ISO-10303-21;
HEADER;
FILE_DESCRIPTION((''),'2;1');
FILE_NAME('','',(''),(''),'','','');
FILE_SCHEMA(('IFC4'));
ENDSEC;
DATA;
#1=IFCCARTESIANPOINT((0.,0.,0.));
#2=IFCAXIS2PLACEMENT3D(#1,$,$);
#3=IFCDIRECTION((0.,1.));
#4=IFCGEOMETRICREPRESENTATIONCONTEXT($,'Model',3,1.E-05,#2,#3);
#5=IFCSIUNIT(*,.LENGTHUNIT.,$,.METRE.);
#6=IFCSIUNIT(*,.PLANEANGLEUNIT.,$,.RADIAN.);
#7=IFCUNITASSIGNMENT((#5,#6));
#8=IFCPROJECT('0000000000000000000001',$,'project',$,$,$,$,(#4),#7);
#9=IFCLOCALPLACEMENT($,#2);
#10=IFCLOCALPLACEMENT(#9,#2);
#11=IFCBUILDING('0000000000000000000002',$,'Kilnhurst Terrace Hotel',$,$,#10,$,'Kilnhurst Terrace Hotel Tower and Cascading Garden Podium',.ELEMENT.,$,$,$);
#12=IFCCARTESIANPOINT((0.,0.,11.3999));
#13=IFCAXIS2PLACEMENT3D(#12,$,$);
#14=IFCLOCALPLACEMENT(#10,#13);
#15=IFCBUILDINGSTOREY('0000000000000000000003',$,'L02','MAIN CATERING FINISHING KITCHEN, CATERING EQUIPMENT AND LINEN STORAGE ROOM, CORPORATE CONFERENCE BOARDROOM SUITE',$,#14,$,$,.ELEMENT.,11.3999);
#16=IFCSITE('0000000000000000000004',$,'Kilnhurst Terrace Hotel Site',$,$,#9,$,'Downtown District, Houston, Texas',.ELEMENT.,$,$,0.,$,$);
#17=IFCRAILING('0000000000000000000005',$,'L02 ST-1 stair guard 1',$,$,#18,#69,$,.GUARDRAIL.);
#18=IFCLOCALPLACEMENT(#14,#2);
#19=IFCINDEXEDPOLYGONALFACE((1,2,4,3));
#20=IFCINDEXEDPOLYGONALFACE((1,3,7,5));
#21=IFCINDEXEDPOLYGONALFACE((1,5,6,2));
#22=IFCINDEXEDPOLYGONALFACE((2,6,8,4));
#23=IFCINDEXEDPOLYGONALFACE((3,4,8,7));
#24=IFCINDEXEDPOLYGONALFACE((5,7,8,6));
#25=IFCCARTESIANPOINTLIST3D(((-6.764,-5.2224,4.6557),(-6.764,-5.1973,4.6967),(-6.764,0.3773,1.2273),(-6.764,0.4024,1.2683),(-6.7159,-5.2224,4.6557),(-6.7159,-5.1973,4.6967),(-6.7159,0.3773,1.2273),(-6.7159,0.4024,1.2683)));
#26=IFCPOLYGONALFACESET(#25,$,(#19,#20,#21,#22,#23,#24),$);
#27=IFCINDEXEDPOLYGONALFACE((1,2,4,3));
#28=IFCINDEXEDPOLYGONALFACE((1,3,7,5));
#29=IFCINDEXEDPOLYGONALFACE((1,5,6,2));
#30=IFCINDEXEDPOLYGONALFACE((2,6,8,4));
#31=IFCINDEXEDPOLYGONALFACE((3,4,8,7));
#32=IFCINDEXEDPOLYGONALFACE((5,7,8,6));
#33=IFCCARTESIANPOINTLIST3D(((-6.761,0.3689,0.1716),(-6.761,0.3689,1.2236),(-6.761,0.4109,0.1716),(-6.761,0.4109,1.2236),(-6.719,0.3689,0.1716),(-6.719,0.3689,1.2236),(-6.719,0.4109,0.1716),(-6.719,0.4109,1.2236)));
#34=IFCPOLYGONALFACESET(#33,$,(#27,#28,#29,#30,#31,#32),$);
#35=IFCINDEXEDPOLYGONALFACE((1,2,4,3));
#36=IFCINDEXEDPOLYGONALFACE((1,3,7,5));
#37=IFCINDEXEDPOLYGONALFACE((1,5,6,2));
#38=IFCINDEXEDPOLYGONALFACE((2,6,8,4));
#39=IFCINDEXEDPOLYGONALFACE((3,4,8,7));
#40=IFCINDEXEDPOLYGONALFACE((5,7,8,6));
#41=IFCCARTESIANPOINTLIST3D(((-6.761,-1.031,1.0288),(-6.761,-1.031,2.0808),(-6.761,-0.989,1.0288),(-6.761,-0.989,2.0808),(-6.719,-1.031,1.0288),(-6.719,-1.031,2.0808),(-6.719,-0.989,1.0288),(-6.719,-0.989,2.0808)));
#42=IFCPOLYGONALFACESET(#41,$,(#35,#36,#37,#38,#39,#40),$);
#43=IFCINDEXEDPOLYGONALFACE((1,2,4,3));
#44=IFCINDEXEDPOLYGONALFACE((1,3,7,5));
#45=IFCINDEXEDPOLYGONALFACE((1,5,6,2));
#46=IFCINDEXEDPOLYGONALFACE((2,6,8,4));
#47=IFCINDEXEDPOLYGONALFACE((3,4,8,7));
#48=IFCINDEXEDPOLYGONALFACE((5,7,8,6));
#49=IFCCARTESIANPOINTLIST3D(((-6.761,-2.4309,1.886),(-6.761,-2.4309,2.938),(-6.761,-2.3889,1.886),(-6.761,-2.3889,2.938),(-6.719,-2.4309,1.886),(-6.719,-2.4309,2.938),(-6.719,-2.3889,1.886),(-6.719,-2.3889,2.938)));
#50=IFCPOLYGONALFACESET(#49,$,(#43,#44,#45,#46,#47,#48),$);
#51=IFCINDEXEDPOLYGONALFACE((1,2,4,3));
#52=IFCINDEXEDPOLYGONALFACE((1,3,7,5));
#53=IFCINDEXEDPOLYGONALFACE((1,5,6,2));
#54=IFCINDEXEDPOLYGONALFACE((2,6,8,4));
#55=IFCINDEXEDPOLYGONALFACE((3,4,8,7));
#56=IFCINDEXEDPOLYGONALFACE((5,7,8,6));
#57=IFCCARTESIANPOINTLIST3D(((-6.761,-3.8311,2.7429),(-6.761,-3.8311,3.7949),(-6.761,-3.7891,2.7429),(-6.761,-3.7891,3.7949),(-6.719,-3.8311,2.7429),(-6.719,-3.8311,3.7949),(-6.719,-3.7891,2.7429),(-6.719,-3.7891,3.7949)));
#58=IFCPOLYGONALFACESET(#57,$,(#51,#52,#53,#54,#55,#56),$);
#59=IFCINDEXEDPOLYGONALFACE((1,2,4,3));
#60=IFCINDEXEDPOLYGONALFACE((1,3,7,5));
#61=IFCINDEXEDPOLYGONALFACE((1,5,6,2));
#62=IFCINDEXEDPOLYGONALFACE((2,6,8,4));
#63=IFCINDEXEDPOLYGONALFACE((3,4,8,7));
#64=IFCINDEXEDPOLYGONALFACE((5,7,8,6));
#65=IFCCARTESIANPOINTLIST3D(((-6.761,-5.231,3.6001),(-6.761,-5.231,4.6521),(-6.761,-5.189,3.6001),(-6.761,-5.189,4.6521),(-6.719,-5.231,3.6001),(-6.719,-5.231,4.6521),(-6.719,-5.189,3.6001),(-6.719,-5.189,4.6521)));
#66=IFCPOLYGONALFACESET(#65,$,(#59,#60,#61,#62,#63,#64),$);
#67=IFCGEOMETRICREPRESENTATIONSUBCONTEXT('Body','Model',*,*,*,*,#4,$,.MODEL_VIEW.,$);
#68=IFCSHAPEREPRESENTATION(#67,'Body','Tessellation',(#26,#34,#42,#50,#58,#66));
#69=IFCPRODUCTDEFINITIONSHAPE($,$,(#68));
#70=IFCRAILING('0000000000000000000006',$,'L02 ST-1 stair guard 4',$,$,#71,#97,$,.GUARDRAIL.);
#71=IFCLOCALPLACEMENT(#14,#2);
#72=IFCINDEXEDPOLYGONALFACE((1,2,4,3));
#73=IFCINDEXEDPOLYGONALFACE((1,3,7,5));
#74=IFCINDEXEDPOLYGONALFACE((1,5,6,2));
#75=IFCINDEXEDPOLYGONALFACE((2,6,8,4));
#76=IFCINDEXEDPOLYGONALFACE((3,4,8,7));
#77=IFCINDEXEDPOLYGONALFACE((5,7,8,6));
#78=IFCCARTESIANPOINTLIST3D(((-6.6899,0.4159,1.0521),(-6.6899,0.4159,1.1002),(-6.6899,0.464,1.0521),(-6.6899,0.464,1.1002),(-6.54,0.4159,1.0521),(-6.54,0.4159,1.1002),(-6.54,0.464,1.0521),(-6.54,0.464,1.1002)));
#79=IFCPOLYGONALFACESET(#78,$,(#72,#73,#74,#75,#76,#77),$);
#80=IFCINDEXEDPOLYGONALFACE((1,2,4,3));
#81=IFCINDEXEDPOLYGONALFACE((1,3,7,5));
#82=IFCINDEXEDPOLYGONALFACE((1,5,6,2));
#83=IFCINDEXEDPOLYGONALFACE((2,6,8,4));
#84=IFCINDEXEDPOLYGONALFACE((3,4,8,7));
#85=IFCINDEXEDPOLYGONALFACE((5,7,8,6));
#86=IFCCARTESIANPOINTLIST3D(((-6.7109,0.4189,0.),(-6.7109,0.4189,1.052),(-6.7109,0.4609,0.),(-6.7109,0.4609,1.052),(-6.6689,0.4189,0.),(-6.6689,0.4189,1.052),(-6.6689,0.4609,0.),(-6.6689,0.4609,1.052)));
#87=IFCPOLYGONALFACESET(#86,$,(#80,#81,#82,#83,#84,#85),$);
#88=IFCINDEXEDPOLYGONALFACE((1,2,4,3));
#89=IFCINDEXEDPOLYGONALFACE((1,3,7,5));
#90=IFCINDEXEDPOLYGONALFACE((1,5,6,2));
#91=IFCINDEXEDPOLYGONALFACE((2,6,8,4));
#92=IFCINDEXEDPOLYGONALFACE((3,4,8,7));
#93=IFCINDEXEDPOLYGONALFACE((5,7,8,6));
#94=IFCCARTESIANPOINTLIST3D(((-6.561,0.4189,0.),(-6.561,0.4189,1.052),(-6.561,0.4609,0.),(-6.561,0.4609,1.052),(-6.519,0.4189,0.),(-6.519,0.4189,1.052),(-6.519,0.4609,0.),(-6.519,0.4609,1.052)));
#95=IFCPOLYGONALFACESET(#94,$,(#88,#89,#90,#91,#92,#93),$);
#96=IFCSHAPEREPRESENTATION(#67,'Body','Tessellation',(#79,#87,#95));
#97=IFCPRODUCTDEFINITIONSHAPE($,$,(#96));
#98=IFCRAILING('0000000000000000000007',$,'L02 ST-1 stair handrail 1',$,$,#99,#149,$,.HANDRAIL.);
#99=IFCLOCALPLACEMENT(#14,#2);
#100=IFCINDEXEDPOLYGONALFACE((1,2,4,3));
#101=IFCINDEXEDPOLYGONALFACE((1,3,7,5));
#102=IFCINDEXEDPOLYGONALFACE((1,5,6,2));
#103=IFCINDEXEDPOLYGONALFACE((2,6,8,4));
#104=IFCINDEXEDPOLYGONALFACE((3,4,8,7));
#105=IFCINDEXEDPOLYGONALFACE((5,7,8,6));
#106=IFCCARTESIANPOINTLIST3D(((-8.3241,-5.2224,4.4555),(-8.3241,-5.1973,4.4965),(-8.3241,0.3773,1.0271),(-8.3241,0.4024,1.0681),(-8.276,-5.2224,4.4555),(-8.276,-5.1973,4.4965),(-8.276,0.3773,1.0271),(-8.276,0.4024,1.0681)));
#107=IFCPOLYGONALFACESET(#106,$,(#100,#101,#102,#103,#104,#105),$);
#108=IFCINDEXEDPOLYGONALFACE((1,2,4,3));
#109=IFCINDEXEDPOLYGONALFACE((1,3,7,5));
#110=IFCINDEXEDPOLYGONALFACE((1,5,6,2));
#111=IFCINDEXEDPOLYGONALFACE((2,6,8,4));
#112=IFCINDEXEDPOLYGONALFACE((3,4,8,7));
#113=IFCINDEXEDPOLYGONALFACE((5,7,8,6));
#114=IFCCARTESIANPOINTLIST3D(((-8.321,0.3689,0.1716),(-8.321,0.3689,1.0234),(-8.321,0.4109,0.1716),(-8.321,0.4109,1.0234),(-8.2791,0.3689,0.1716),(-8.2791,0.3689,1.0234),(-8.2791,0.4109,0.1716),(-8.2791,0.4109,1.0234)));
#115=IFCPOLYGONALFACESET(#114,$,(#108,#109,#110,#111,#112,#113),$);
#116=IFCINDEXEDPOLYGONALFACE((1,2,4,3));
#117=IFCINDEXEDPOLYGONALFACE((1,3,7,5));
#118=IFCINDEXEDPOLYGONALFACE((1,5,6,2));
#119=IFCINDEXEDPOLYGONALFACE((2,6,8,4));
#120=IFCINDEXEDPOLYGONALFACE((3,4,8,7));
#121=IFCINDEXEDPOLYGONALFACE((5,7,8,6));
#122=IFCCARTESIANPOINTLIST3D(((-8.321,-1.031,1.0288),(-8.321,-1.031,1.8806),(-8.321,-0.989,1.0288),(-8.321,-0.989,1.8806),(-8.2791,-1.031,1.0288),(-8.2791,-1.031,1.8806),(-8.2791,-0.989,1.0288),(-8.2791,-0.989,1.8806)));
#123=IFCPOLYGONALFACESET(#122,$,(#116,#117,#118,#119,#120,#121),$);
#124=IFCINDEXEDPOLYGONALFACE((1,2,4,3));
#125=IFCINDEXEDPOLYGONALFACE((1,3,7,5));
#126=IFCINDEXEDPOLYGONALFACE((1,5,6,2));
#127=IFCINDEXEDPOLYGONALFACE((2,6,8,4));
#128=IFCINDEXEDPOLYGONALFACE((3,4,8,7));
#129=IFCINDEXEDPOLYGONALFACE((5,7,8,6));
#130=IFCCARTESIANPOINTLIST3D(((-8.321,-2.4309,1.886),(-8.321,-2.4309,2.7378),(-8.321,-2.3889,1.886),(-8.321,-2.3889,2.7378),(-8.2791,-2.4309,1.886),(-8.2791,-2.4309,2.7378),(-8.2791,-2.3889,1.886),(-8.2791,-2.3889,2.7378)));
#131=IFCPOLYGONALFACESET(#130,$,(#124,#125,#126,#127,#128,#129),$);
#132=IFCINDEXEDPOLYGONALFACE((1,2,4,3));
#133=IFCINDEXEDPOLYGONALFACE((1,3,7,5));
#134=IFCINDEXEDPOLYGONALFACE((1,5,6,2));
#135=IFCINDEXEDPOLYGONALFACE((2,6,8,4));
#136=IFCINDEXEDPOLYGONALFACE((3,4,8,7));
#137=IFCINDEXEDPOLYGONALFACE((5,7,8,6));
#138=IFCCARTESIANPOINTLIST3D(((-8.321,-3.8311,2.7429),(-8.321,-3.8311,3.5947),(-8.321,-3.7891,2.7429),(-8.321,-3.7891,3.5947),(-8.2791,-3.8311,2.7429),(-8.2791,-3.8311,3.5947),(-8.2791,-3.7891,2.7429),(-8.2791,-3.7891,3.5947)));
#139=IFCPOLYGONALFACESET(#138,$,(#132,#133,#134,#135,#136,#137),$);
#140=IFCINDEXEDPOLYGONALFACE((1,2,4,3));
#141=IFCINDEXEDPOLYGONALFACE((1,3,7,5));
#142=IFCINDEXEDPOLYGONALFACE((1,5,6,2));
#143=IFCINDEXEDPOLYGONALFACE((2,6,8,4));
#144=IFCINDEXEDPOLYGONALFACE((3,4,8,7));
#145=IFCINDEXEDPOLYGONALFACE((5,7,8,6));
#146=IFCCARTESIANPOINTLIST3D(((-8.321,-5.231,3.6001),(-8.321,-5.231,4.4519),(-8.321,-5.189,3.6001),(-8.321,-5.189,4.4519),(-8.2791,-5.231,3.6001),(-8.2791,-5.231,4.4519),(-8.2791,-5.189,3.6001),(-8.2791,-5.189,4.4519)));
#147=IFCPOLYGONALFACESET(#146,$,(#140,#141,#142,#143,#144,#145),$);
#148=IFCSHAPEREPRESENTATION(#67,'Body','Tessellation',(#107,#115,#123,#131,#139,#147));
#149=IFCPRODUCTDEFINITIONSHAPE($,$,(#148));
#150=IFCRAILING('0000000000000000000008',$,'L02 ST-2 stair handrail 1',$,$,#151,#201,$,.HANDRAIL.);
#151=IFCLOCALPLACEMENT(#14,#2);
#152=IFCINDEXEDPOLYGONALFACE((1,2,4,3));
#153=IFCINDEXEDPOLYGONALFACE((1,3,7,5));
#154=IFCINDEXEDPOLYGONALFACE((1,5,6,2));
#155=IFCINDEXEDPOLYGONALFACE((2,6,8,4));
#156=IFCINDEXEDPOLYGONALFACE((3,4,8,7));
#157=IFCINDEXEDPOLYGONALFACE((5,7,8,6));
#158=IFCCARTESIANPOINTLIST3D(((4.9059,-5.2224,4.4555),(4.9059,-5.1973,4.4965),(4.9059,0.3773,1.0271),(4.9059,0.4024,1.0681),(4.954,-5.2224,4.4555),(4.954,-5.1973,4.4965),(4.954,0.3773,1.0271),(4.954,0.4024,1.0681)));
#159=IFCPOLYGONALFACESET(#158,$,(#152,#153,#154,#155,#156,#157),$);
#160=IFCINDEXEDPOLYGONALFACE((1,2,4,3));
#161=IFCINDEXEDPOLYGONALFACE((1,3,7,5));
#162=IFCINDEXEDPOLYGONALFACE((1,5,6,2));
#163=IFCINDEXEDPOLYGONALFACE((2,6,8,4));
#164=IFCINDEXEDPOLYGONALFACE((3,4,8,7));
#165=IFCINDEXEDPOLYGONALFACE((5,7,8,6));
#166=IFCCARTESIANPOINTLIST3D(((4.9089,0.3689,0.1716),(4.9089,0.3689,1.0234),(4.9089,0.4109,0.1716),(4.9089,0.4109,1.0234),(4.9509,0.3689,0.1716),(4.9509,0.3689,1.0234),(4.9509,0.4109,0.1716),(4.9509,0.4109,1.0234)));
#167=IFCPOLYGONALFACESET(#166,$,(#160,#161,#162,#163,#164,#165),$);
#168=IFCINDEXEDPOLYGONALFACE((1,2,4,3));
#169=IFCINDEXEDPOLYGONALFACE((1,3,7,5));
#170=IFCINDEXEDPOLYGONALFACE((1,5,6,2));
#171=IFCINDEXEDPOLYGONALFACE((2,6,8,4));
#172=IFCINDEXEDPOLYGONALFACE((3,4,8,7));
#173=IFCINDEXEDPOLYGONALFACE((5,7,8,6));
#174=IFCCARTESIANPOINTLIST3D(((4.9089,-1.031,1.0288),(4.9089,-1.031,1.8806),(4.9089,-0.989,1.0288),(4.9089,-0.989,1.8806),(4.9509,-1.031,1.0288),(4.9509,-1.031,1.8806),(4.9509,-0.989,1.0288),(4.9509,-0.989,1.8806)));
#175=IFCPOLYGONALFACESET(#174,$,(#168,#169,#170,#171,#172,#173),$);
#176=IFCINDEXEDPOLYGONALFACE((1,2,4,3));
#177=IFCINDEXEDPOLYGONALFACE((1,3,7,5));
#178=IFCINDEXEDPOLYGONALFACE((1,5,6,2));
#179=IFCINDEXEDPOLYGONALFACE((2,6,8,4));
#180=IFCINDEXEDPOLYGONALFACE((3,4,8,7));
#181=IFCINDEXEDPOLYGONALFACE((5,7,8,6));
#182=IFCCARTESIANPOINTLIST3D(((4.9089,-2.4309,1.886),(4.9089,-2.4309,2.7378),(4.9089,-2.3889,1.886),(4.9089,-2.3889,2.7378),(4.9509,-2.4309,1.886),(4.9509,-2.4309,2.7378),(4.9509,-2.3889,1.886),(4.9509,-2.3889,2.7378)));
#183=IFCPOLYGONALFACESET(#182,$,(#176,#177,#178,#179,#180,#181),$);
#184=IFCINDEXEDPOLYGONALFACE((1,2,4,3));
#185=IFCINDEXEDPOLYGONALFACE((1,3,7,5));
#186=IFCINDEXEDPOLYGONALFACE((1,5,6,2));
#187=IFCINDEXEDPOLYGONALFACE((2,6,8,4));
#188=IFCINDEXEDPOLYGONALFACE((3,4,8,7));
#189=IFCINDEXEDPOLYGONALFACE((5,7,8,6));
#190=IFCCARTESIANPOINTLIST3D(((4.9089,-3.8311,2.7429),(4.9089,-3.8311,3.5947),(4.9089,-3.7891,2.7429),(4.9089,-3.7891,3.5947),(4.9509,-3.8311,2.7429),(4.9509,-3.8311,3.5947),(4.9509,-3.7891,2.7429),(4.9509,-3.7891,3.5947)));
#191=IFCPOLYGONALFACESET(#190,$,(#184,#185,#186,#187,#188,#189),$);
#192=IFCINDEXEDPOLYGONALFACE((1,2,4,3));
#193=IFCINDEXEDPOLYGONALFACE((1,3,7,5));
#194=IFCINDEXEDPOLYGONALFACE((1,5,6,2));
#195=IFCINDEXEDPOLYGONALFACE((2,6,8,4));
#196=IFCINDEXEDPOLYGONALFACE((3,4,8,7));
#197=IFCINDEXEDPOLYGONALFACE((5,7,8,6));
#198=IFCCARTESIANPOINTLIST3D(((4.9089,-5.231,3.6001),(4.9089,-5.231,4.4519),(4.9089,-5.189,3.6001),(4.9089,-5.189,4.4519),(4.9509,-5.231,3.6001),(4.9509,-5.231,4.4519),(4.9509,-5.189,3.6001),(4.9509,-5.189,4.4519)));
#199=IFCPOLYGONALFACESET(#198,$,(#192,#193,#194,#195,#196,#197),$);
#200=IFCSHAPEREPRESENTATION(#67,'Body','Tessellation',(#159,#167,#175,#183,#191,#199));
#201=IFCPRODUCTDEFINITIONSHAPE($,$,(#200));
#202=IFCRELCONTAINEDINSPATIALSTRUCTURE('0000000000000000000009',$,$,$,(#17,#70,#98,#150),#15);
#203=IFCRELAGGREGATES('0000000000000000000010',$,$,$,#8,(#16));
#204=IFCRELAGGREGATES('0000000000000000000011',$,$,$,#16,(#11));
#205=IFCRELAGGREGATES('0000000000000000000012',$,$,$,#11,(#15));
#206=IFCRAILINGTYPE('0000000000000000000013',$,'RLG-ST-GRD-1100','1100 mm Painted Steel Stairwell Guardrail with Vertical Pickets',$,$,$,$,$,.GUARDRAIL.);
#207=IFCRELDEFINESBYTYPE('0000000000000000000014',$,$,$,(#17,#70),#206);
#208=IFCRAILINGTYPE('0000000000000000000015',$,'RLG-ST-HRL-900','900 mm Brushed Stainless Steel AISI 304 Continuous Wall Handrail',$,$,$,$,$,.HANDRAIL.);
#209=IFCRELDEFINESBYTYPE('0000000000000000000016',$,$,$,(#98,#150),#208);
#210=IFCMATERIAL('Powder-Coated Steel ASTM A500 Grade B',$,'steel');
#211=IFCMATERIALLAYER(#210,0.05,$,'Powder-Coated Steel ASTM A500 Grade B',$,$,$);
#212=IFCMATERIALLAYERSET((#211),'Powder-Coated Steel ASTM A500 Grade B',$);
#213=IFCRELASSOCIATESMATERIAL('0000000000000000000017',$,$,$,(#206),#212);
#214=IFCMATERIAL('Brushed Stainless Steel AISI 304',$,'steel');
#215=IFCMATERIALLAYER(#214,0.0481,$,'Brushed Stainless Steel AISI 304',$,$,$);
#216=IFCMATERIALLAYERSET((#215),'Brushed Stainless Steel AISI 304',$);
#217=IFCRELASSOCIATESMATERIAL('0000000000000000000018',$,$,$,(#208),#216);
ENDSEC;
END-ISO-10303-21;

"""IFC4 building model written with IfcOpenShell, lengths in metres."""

from ifc_helpers import new_model, si_unit, direction, frame, origin, origin_2d, place, context, subcontext, project, spatial, rectangle, extrude, material, layer, layer_set, type_object, element, save


model = new_model("IFC4")

# Units and contexts
model_context = context("Model", 3, precision=1e-05, world=origin(), true_north=direction((0.0, 1.0)))
body_context = subcontext(model_context, "Body", "Model", "MODEL_VIEW")
ifc_project = project(units=[si_unit("LENGTHUNIT", "METRE"), si_unit("PLANEANGLEUNIT", "RADIAN")], contexts=[model_context])

# Site, building, storey
site_placement = place(None, origin())
site = spatial("IfcSite", under=ifc_project, at=site_placement, Name="Kilnhurst Terrace Hotel Site", LongName="Downtown District, Houston, Texas", CompositionType="ELEMENT", RefElevation=0.0)
building_placement = place(site_placement, origin())
building = spatial("IfcBuilding", under=site, at=building_placement, Name="Kilnhurst Terrace Hotel", LongName="Kilnhurst Terrace Hotel Tower and Cascading Garden Podium", CompositionType="ELEMENT")
storey_placement = place(building_placement, frame((0.0, 0.0, 11.3999)))
storey = spatial("IfcBuildingStorey", under=building, at=storey_placement, Name="L02", Description="MAIN CATERING FINISHING KITCHEN, CATERING EQUIPMENT AND LINEN STORAGE ROOM, CORPORATE CONFERENCE BOARDROOM SUITE", CompositionType="ELEMENT", Elevation=11.3999)

# Railings
ifc_material_1 = material(Name="Powder-Coated Steel ASTM A500 Grade B", Category="steel")
ifc_layer_1 = layer(ifc_material_1, 0.05, Name="Powder-Coated Steel ASTM A500 Grade B")
ifc_layer_set_1 = layer_set([ifc_layer_1], Name="Powder-Coated Steel ASTM A500 Grade B")
railing_type_1 = type_object("IfcRailingType", Name="RLG-ST-GRD-1100", Description="1100 mm Painted Steel Stairwell Guardrail with Vertical Pickets", PredefinedType="GUARDRAIL", material=ifc_layer_set_1)
railing_1_placement = place(storey_placement, frame((-6.74, 0.3899, 0.1716)))
element("IfcRailing", 1, at=railing_1_placement, inside=storey, type_object=railing_type_1, Name="L02 ST-1 stair guard 1", PredefinedType="GUARDRAIL", context=body_context, shape_type="SweptSolid", body=[
    extrude(rectangle(XDim=0.0481, YDim=0.0481, at=origin_2d()), frame((0.0, 0.0, 1.0762), z_axis=(0.0, -0.852852, 0.522152), x_axis=(1.0, 0.0, 0.0)), (0.0, 0.0, 1.0), 6.5659),
    extrude(rectangle(XDim=0.042, YDim=0.042, at=origin_2d()), origin(), (0.0, 0.0, 1.0), 1.052),
    extrude(rectangle(XDim=0.042, YDim=0.042, at=origin_2d()), frame((0.0, -1.3999, 0.8572)), (0.0, 0.0, 1.0), 1.052),
    extrude(rectangle(XDim=0.042, YDim=0.042, at=origin_2d()), frame((0.0, -2.7998, 1.7144)), (0.0, 0.0, 1.0), 1.052),
    extrude(rectangle(XDim=0.042, YDim=0.042, at=origin_2d()), frame((0.0, -4.2, 2.5713)), (0.0, 0.0, 1.0), 1.052),
    extrude(rectangle(XDim=0.042, YDim=0.042, at=origin_2d()), frame((0.0, -5.5999, 3.4285)), (0.0, 0.0, 1.0), 1.052),
])
railing_2_placement = place(storey_placement, frame((-6.6899, 0.4399, 0.0)))
element("IfcRailing", 2, at=railing_2_placement, inside=storey, type_object=railing_type_1, Name="L02 ST-1 stair guard 4", PredefinedType="GUARDRAIL", context=body_context, shape_type="SweptSolid", body=[
    extrude(rectangle(XDim=0.0481, YDim=0.0481, at=origin_2d()), frame((0.0, 0.0, 1.0762), z_axis=(1.0, 0.0, 0.0), x_axis=(0.0, 1.0, 0.0)), (0.0, 0.0, 1.0), 0.1499),
    extrude(rectangle(XDim=0.042, YDim=0.042, at=origin_2d()), origin(), (0.0, 0.0, 1.0), 1.052),
    extrude(rectangle(XDim=0.042, YDim=0.042, at=origin_2d()), frame((0.1499, 0.0, 0.0)), (0.0, 0.0, 1.0), 1.052),
])
ifc_material_2 = material(Name="Brushed Stainless Steel AISI 304", Category="steel")
ifc_layer_2 = layer(ifc_material_2, 0.0481, Name="Brushed Stainless Steel AISI 304")
ifc_layer_set_2 = layer_set([ifc_layer_2], Name="Brushed Stainless Steel AISI 304")
railing_type_2 = type_object("IfcRailingType", Name="RLG-ST-HRL-900", Description="900 mm Brushed Stainless Steel AISI 304 Continuous Wall Handrail", PredefinedType="HANDRAIL", material=ifc_layer_set_2)
for number, where, name in (
    (3, (-8.3, 0.3899, 0.1716), "L02 ST-1 stair handrail 1"),
    (4, (4.9299, 0.3899, 0.1716), "L02 ST-2 stair handrail 1"),
):
    element("IfcRailing", number, at=place(storey_placement, frame(where)), inside=storey, type_object=railing_type_2, Name=name, PredefinedType="HANDRAIL", context=body_context, shape_type="SweptSolid", body=[
        extrude(rectangle(XDim=0.0481, YDim=0.0481, at=origin_2d()), frame((0.0, 0.0, 0.876), z_axis=(0.0, -0.852852, 0.522152), x_axis=(1.0, 0.0, 0.0)), (0.0, 0.0, 1.0), 6.5659),
        extrude(rectangle(XDim=0.042, YDim=0.042, at=origin_2d()), origin(), (0.0, 0.0, 1.0), 0.8518),
        extrude(rectangle(XDim=0.042, YDim=0.042, at=origin_2d()), frame((0.0, -1.3999, 0.8572)), (0.0, 0.0, 1.0), 0.8518),
        extrude(rectangle(XDim=0.042, YDim=0.042, at=origin_2d()), frame((0.0, -2.7998, 1.7144)), (0.0, 0.0, 1.0), 0.8518),
        extrude(rectangle(XDim=0.042, YDim=0.042, at=origin_2d()), frame((0.0, -4.2, 2.5713)), (0.0, 0.0, 1.0), 0.8518),
        extrude(rectangle(XDim=0.042, YDim=0.042, at=origin_2d()), frame((0.0, -5.5999, 3.4285)), (0.0, 0.0, 1.0), 0.8518),
    ])

save(model, "model.ifc")
